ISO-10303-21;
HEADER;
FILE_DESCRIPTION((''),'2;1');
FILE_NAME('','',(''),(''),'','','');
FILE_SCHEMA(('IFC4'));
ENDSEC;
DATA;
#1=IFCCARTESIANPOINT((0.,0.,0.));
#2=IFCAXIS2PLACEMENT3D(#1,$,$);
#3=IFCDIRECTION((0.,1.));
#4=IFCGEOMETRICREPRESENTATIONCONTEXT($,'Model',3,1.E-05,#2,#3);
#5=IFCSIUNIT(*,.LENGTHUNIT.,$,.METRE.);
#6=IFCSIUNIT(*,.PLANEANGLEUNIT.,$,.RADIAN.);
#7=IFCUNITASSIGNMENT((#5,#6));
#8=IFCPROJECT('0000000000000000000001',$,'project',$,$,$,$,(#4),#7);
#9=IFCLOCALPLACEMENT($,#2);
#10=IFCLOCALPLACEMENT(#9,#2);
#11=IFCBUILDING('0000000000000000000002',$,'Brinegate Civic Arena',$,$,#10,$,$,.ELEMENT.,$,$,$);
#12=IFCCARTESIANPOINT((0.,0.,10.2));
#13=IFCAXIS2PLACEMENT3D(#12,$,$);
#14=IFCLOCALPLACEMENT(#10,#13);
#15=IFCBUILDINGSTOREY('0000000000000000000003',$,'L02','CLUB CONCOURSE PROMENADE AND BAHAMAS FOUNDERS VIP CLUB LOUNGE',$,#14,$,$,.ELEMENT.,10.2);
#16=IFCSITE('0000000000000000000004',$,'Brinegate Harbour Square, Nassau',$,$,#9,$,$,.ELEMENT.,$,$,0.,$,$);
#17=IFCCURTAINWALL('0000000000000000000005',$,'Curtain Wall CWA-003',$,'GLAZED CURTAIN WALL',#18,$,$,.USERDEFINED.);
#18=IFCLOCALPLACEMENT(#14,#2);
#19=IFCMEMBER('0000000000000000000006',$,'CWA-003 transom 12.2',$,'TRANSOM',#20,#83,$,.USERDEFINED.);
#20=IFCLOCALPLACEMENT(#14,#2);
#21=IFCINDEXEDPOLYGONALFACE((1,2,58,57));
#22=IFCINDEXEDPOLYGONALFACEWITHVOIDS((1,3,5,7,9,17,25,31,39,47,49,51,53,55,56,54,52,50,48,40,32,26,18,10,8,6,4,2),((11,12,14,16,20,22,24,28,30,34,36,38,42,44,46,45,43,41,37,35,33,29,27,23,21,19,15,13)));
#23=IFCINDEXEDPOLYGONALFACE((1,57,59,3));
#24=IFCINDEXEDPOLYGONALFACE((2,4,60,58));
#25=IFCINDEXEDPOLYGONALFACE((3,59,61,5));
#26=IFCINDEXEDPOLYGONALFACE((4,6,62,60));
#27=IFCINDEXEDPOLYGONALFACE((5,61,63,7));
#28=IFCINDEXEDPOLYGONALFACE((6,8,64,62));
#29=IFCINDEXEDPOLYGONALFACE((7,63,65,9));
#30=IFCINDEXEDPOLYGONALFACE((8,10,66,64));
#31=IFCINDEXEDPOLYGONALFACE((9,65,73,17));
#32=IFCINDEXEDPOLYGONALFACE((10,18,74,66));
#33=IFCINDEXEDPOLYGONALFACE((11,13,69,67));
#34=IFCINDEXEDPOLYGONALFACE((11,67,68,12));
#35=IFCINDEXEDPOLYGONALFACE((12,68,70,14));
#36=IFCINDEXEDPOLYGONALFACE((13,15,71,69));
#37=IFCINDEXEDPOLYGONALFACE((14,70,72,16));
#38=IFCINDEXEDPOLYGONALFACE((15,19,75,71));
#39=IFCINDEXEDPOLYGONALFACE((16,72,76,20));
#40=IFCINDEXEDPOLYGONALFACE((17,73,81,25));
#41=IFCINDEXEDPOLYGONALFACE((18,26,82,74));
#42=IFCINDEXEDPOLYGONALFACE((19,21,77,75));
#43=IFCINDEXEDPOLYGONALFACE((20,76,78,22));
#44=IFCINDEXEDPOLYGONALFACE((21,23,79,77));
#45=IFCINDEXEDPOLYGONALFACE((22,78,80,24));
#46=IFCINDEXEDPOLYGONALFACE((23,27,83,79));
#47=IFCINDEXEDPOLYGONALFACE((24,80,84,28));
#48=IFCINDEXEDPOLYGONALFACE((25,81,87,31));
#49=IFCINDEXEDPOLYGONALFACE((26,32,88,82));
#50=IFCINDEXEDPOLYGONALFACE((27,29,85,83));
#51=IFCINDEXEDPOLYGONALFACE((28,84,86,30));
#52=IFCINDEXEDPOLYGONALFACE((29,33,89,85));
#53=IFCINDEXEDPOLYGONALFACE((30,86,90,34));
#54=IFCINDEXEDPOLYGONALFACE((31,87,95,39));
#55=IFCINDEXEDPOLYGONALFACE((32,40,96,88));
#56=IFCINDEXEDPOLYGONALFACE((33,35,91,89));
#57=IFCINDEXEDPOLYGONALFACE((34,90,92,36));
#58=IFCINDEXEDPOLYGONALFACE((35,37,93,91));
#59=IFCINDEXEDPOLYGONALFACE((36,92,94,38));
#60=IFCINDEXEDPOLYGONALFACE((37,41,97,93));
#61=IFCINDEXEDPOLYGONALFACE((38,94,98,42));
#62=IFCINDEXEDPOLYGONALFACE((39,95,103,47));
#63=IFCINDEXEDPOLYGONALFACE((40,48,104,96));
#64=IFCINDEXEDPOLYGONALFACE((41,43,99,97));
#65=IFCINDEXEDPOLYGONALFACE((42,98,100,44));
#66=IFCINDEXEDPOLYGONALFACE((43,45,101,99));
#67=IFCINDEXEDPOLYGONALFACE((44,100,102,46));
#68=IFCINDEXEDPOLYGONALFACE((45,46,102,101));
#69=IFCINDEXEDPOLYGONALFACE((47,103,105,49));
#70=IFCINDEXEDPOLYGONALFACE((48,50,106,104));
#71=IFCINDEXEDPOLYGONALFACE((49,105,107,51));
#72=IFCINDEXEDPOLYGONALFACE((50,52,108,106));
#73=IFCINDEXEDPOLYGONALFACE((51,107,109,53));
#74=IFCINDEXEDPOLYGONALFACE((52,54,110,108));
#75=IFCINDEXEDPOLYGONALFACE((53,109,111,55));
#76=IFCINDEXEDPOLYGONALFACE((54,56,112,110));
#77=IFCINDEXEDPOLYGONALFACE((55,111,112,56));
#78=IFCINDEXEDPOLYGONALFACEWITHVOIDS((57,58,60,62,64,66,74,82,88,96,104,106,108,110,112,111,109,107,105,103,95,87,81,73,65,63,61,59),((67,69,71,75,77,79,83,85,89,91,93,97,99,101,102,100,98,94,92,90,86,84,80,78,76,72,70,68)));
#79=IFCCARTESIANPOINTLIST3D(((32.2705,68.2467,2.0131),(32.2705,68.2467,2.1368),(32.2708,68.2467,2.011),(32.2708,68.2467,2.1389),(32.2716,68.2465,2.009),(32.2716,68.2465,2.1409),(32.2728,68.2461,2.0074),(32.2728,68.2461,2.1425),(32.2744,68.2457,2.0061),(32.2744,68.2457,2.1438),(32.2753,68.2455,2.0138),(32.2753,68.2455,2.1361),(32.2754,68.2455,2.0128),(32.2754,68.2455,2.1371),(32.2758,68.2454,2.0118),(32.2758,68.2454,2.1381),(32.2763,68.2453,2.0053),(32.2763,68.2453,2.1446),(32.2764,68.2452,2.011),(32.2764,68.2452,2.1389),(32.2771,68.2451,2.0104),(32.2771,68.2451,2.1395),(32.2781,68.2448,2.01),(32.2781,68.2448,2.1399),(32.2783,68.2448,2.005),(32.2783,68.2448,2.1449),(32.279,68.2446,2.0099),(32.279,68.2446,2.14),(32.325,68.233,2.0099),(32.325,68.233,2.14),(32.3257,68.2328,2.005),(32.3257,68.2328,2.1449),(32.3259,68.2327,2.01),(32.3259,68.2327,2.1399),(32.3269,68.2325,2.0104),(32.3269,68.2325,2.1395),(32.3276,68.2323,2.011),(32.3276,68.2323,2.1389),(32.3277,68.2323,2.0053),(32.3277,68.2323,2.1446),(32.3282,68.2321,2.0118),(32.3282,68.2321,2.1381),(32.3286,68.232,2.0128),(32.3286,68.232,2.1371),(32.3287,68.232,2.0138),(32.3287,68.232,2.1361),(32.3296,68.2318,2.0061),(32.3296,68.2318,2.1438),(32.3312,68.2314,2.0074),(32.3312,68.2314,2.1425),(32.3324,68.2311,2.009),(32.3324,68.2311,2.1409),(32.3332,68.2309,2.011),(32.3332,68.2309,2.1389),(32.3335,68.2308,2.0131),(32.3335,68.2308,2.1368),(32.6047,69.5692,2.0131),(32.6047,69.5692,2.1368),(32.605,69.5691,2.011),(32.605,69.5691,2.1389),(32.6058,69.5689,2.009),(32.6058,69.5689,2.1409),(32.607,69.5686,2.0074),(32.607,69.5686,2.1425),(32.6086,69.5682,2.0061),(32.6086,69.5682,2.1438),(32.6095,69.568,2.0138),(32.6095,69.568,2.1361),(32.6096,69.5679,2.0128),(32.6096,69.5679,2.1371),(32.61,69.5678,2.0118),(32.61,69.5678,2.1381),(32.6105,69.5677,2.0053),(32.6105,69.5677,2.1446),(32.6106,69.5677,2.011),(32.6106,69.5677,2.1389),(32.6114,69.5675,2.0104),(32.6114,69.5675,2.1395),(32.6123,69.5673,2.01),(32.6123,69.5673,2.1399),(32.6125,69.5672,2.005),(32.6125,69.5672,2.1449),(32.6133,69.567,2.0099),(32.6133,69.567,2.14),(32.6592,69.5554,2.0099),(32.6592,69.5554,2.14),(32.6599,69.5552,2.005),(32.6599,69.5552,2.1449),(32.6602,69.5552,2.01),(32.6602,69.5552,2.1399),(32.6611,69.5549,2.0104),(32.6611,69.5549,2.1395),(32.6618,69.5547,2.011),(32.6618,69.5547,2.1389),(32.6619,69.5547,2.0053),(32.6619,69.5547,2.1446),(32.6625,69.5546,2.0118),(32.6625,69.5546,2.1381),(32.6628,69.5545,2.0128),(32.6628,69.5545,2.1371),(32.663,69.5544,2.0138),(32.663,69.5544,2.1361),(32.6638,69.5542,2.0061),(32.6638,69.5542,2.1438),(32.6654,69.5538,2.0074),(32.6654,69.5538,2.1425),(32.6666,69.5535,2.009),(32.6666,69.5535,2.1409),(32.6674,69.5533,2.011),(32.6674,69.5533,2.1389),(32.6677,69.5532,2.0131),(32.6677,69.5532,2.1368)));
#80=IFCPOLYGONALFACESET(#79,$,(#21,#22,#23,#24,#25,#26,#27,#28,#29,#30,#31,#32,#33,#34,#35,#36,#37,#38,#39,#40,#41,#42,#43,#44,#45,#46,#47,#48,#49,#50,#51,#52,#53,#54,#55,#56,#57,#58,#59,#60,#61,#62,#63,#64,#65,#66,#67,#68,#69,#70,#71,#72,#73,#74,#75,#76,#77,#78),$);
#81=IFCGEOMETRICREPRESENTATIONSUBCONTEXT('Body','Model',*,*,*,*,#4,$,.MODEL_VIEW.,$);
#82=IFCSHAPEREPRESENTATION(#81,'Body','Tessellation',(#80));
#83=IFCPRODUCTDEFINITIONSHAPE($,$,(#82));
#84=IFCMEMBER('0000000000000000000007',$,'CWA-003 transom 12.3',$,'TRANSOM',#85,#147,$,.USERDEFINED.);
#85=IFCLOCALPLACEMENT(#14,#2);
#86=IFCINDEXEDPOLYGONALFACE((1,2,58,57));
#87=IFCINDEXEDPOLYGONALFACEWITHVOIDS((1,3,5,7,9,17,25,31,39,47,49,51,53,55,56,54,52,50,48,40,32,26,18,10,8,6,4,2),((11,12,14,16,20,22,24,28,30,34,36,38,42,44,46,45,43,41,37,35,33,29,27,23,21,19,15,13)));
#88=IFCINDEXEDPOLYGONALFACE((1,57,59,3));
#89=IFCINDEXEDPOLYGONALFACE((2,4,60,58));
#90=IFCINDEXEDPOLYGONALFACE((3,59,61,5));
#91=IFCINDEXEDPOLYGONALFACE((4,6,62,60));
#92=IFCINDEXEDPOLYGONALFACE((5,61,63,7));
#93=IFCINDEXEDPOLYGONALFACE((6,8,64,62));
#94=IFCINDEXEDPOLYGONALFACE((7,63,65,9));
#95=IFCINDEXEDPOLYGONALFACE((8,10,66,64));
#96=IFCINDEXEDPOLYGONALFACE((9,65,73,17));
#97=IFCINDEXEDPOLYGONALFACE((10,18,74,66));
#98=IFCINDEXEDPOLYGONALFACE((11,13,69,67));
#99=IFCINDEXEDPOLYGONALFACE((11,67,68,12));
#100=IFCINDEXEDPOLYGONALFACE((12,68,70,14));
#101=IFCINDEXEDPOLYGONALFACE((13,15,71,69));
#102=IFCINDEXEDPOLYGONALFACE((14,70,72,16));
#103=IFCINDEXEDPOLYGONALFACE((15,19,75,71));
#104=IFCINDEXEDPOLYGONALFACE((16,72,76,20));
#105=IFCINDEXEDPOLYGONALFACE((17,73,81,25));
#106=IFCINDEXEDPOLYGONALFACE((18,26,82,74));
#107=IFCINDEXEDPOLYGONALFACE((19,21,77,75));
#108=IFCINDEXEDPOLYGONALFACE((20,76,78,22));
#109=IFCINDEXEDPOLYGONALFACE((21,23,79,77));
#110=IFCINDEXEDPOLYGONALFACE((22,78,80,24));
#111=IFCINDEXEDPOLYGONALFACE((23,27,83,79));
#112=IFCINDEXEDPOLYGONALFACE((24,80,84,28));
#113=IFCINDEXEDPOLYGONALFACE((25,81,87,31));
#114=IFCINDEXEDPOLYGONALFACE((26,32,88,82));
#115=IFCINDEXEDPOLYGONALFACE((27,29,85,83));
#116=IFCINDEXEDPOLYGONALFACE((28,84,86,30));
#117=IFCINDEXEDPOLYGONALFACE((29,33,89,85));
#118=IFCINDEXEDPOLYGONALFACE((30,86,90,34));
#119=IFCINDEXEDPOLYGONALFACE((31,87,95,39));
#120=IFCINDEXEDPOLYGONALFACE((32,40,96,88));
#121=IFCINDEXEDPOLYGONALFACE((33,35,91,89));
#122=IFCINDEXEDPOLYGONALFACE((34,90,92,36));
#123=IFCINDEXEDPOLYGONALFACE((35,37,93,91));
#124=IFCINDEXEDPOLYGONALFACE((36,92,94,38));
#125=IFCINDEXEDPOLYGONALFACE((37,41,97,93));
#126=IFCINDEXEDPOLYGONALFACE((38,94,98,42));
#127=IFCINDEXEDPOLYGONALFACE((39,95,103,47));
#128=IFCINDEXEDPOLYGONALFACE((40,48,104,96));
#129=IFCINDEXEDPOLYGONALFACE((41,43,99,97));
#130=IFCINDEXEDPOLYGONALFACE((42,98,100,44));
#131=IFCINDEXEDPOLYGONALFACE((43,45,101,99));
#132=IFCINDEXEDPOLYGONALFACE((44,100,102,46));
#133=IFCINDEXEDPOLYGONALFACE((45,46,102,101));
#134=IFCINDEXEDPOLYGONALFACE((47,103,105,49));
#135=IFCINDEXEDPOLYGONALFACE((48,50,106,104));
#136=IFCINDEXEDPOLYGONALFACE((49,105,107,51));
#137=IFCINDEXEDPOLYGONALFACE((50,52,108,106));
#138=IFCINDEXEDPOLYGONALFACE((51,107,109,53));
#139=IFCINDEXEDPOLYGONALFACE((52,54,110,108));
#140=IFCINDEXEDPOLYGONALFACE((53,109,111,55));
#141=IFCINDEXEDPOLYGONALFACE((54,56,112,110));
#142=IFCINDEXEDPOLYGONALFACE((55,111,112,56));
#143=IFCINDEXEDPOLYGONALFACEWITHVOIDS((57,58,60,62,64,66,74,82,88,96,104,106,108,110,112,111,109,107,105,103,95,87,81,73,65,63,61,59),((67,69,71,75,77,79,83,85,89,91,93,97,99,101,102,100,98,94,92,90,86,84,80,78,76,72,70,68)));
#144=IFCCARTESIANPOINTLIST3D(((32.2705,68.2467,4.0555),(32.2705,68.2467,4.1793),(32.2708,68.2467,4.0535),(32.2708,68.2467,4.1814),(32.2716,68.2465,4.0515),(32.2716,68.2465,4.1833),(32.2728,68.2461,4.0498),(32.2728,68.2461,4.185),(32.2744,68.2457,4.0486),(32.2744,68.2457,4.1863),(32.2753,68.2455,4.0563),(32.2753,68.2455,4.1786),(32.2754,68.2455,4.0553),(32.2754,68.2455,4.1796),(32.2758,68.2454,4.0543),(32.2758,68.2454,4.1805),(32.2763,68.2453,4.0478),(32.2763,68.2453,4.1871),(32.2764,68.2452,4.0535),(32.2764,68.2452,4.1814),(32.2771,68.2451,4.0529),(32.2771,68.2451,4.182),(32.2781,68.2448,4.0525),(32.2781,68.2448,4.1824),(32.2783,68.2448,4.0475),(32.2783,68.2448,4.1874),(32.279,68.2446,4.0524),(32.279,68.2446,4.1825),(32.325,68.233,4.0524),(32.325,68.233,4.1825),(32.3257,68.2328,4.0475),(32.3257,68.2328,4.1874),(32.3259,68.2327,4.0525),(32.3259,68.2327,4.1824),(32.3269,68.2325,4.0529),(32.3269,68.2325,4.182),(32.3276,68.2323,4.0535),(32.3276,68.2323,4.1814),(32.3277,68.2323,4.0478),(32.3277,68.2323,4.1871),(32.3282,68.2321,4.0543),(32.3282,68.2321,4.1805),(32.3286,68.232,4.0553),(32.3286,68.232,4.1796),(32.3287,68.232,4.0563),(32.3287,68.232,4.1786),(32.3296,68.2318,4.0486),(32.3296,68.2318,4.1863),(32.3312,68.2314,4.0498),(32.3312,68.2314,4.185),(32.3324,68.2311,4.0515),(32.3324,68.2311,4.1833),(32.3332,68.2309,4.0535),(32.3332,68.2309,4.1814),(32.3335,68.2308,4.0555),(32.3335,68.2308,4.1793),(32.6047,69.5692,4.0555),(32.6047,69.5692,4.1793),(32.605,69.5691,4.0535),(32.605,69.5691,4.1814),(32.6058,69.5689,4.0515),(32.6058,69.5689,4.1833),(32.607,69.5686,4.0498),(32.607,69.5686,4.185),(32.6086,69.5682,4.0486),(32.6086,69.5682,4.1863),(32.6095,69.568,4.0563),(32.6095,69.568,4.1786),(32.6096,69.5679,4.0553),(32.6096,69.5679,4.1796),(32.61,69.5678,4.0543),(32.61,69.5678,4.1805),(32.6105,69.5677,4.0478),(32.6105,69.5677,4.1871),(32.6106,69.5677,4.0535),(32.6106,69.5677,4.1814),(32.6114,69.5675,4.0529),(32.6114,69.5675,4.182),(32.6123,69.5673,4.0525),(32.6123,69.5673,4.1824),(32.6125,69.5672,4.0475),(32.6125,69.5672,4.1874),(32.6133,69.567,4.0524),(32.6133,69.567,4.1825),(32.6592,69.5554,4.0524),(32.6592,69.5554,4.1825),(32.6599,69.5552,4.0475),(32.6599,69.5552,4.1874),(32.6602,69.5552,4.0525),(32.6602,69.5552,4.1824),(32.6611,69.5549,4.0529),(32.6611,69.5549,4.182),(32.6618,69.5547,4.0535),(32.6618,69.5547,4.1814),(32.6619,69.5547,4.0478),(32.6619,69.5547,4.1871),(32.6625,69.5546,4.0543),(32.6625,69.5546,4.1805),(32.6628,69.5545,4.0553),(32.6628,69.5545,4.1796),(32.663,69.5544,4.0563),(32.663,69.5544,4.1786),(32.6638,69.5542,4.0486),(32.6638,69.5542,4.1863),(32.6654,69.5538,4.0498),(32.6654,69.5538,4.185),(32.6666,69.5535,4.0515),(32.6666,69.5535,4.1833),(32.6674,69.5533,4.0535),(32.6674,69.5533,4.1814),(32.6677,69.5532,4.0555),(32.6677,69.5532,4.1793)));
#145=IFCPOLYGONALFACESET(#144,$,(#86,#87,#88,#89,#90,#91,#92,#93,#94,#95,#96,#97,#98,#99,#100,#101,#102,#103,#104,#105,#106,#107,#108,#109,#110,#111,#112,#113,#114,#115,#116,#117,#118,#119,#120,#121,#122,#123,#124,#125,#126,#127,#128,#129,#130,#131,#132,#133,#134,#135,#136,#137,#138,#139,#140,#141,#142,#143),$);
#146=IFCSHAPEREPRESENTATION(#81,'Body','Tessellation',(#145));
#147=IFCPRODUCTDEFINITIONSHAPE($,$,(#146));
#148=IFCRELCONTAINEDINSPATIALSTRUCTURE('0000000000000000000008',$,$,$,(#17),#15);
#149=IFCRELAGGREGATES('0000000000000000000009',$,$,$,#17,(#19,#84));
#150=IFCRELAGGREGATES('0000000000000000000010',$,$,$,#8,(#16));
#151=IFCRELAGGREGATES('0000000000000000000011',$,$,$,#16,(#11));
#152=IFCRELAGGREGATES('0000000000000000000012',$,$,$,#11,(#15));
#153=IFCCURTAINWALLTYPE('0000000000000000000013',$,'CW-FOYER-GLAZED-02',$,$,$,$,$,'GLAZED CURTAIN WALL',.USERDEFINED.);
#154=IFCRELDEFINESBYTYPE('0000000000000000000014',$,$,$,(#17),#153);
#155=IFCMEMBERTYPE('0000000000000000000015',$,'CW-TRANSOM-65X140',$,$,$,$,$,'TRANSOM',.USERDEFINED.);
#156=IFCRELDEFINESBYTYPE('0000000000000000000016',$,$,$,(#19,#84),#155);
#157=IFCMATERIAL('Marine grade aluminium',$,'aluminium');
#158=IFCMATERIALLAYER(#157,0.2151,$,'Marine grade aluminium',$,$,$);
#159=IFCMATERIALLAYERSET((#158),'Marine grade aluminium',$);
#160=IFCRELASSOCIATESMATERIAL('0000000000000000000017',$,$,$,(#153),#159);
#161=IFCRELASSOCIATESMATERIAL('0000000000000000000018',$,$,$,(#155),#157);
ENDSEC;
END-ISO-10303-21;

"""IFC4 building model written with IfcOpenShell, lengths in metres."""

from ifc_helpers import new_model, si_unit, direction, frame, origin, origin_2d, place, context, subcontext, project, spatial, hollow_rectangle, extrude, material, layer, layer_set, material_profile, profile_set, type_object, element, aggregate, save


model = new_model("IFC4")

# Units and contexts
model_context = context("Model", 3, precision=1e-05, world=origin(), true_north=direction((0.0, 1.0)))
body_context = subcontext(model_context, "Body", "Model", "MODEL_VIEW")
ifc_project = project(units=[si_unit("LENGTHUNIT", "METRE"), si_unit("PLANEANGLEUNIT", "RADIAN")], contexts=[model_context])

# Site, building, storey
site_placement = place(None, origin())
site = spatial("IfcSite", under=ifc_project, at=site_placement, Name="Brinegate Harbour Square, Nassau", CompositionType="ELEMENT", RefElevation=0.0)
building_placement = place(site_placement, origin())
building = spatial("IfcBuilding", under=site, at=building_placement, Name="Brinegate Civic Arena", CompositionType="ELEMENT")
storey_placement = place(building_placement, frame((0.0, 0.0, 10.2)))
storey = spatial("IfcBuildingStorey", under=building, at=storey_placement, Name="L02", Description="CLUB CONCOURSE PROMENADE AND BAHAMAS FOUNDERS VIP CLUB LOUNGE", CompositionType="ELEMENT", Elevation=10.2)

# Shared definitions
ifc_material_1 = material(Name="Marine grade aluminium", Category="aluminium")
ifc_layer_1 = layer(ifc_material_1, 0.2151, Name="Marine grade aluminium")
ifc_layer_set_1 = layer_set([ifc_layer_1], Name="Marine grade aluminium")
curtain_wall_type_1 = type_object("IfcCurtainWallType", Name="CW-FOYER-GLAZED-02", ElementType="GLAZED CURTAIN WALL", PredefinedType="USERDEFINED", material=ifc_layer_set_1)

# Curtain wall, members
curtain_wall_1_placement = place(storey_placement, origin())
curtain_wall_1 = element("IfcCurtainWall", 1, at=curtain_wall_1_placement, inside=storey, type_object=curtain_wall_type_1, Name="Curtain Wall CWA-003", ObjectType="GLAZED CURTAIN WALL", PredefinedType="USERDEFINED")
ifc_material_profile_1 = material_profile(ifc_material_1, hollow_rectangle(XDim=0.0649, YDim=0.1399, WallThickness=0.0049, InnerFilletRadius=0.0039, OuterFilletRadius=0.0081, at=origin_2d()), Name="TRN65X140")
ifc_profile_set_1 = profile_set([ifc_material_profile_1], Name="Marine grade aluminium")
member_type_1 = type_object("IfcMemberType", Name="CW-TRANSOM-65X140", ElementType="TRANSOM", PredefinedType="USERDEFINED", material=ifc_profile_set_1)
member_1_placement = place(storey_placement, frame((32.302, 68.2388, 2.075), z_axis=(0.245019, 0.969518, 0.0), x_axis=(-0.969518, 0.245019, 0.0)))
member_1 = element("IfcMember", 2, at=member_1_placement, type_object=member_type_1, Name="CWA-003 transom 12.2", ObjectType="TRANSOM", PredefinedType="USERDEFINED", context=body_context, shape_type="SweptSolid", body=[
    extrude(hollow_rectangle(XDim=0.0649, YDim=0.1399, WallThickness=0.0049, InnerFilletRadius=0.0039, OuterFilletRadius=0.0081, at=origin_2d()), origin(), (0.0, 0.0, 1.0), 1.364),
])
member_2_placement = place(storey_placement, frame((32.302, 68.2388, 4.1174), z_axis=(0.245019, 0.969518, 0.0), x_axis=(-0.969518, 0.245019, 0.0)))
member_2 = element("IfcMember", 3, at=member_2_placement, type_object=member_type_1, Name="CWA-003 transom 12.3", ObjectType="TRANSOM", PredefinedType="USERDEFINED", context=body_context, shape_type="SweptSolid", body=[
    extrude(hollow_rectangle(XDim=0.0649, YDim=0.1399, WallThickness=0.0049, InnerFilletRadius=0.0039, OuterFilletRadius=0.0081, at=origin_2d()), origin(), (0.0, 0.0, 1.0), 1.364),
])

aggregate(curtain_wall_1, [member_1, member_2])

save(model, "model.ifc")
